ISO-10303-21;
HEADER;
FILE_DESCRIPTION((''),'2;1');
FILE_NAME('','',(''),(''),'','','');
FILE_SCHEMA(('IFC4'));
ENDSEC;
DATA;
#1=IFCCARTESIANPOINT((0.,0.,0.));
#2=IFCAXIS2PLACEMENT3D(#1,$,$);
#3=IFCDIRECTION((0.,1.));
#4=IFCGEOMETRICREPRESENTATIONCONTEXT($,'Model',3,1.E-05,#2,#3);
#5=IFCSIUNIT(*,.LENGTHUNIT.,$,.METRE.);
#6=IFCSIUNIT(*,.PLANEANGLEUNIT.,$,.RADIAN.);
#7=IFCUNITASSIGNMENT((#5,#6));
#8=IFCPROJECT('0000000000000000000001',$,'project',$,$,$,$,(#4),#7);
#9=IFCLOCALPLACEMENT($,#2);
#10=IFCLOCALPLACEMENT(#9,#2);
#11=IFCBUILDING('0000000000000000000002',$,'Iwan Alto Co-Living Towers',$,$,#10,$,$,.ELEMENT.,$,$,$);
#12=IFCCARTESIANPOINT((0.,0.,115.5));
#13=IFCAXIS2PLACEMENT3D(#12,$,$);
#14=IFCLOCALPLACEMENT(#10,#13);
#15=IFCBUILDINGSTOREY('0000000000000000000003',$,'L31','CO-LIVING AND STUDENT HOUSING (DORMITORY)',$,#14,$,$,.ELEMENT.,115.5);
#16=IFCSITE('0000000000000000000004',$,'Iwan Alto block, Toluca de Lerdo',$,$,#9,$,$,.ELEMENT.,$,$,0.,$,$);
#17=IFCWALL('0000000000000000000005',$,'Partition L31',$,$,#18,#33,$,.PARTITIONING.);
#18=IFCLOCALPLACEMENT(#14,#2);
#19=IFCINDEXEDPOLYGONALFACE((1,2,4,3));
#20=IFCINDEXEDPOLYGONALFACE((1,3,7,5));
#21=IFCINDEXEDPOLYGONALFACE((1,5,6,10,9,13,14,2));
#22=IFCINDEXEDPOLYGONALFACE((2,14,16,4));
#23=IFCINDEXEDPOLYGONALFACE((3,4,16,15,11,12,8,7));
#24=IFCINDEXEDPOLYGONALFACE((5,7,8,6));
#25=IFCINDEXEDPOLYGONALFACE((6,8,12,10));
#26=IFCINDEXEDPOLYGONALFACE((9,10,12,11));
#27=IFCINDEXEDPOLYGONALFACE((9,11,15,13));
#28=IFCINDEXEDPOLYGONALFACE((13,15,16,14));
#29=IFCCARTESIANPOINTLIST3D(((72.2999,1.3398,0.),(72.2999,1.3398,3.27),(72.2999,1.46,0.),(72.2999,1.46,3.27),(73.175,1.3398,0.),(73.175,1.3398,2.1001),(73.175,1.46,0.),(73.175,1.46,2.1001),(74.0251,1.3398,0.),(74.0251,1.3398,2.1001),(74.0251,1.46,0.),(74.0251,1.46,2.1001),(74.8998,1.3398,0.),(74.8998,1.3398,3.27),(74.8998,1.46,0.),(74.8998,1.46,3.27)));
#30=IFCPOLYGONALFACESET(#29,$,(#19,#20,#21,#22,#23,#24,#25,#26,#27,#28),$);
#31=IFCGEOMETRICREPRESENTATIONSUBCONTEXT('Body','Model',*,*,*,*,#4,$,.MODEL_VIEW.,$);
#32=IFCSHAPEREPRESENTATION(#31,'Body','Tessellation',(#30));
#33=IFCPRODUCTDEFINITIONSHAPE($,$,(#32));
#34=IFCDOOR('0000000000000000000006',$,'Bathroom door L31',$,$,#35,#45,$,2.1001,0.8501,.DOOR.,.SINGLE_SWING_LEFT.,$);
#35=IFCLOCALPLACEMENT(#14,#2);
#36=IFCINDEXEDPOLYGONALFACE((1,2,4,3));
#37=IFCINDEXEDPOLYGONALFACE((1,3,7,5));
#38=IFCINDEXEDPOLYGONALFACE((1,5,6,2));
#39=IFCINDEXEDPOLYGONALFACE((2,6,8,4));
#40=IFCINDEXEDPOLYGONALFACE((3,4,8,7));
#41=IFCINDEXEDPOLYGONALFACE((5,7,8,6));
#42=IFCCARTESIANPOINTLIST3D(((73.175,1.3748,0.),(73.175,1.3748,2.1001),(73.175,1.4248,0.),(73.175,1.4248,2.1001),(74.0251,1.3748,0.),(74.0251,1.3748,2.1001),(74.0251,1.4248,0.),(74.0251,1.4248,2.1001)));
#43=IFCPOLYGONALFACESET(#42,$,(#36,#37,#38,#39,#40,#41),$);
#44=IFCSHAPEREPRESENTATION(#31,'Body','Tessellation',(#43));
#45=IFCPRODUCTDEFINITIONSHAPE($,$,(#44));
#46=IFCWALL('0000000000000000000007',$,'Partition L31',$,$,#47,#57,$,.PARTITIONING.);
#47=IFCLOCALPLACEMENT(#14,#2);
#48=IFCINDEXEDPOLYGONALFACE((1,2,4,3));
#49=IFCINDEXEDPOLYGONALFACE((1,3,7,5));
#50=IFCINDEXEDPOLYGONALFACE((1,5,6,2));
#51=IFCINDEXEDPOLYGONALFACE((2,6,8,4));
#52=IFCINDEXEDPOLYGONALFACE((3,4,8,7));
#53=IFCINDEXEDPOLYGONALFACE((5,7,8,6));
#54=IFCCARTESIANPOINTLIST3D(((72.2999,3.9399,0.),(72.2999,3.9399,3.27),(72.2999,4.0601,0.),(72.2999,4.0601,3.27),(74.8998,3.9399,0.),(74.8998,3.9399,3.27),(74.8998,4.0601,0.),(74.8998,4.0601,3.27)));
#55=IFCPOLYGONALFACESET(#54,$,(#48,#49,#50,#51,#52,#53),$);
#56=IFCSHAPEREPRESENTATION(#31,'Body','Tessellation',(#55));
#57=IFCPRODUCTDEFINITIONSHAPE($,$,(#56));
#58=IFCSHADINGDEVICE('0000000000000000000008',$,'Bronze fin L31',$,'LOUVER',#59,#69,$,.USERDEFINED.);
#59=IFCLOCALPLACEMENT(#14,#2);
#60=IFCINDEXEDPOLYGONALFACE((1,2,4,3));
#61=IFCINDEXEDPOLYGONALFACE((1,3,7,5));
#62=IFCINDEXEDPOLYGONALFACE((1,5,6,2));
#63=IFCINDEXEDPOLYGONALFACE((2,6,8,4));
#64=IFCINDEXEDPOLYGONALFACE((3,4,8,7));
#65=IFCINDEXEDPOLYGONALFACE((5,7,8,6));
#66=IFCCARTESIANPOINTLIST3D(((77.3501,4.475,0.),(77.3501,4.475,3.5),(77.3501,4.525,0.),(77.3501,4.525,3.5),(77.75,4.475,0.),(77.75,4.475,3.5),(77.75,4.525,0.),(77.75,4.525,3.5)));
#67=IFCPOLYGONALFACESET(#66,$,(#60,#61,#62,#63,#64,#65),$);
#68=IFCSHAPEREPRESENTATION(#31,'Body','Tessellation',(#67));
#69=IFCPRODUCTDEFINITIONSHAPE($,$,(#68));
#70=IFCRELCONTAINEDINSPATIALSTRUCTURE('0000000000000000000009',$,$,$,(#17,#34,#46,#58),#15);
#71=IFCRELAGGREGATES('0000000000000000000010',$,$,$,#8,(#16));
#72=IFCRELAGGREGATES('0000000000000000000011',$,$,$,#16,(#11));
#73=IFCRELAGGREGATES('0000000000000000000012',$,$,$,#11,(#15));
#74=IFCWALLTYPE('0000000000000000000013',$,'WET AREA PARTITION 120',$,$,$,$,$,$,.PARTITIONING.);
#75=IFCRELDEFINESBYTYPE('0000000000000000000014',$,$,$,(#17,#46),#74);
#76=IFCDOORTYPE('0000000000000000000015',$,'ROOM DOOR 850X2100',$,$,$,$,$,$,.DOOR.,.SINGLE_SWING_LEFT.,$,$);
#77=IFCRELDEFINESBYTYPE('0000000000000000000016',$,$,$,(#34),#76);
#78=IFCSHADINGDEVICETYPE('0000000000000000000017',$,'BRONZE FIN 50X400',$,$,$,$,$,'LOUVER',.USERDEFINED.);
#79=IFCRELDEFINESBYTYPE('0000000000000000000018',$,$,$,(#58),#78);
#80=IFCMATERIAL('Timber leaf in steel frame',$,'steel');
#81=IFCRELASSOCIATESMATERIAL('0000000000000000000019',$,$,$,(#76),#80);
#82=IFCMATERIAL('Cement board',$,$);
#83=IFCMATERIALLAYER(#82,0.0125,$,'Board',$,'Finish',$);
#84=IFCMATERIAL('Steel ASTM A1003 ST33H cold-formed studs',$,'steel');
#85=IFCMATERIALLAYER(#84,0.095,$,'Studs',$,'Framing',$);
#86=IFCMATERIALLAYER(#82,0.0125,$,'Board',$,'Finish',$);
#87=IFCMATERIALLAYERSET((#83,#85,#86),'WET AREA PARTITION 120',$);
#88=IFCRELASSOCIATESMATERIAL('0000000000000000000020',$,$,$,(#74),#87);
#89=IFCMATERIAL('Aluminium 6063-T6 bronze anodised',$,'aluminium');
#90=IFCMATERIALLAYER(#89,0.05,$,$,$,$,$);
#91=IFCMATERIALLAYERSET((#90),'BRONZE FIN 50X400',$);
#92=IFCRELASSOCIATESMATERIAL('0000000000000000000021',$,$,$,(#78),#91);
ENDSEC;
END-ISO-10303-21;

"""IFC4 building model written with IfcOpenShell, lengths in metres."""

from ifc_helpers import new_model, si_unit, direction, frame, frame_2d, origin, origin_2d, place, context, subcontext, project, spatial, rectangle, extrude, material, layer, layer_set, type_object, element, fill, save


model = new_model("IFC4")

# Units and contexts
model_context = context("Model", 3, precision=1e-05, world=origin(), true_north=direction((0.0, 1.0)))
body_context = subcontext(model_context, "Body", "Model", "MODEL_VIEW")
ifc_project = project(units=[si_unit("LENGTHUNIT", "METRE"), si_unit("PLANEANGLEUNIT", "RADIAN")], contexts=[model_context])

# Site, building, storey
site_placement = place(None, origin())
site = spatial("IfcSite", under=ifc_project, at=site_placement, Name="Iwan Alto block, Toluca de Lerdo", CompositionType="ELEMENT", RefElevation=0.0)
building_placement = place(site_placement, origin())
building = spatial("IfcBuilding", under=site, at=building_placement, Name="Iwan Alto Co-Living Towers", CompositionType="ELEMENT")
storey_placement = place(building_placement, frame((0.0, 0.0, 115.5)))
storey = spatial("IfcBuildingStorey", under=building, at=storey_placement, Name="L31", Description="CO-LIVING AND STUDENT HOUSING (DORMITORY)", CompositionType="ELEMENT", Elevation=115.5)

# Wall, opening, door
ifc_material_1 = material(Name="Steel ASTM A1003 ST33H cold-formed studs", Category="steel")
ifc_material_2 = material(Name="Timber leaf in steel frame", Category="steel")
door_type = type_object("IfcDoorType", Name="ROOM DOOR 850X2100", OperationType="SINGLE_SWING_LEFT", PredefinedType="DOOR", material=ifc_material_2)
ifc_material_3 = material(Name="Cement board")
ifc_layer_1 = layer(ifc_material_3, 0.0125, Name="Board", Category="Finish")
ifc_layer_2 = layer(ifc_material_1, 0.095, Name="Studs", Category="Framing")
ifc_layer_3 = layer(ifc_material_3, 0.0125, Name="Board", Category="Finish")
ifc_layer_set_1 = layer_set([ifc_layer_1, ifc_layer_2, ifc_layer_3], Name="WET AREA PARTITION 120")
wall_type_1 = type_object("IfcWallType", Name="WET AREA PARTITION 120", PredefinedType="PARTITIONING", material=ifc_layer_set_1)
wall_1_placement = place(storey_placement, frame((72.3, 1.3999, 0.0), z_axis=(0.0, 0.0, 1.0), x_axis=(1.0, 0.0, 0.0)))
wall_1 = element("IfcWall", 1, at=wall_1_placement, inside=storey, type_object=wall_type_1, Name="Partition L31", PredefinedType="PARTITIONING", context=body_context, shape_type="SweptSolid", body=[
    extrude(rectangle(XDim=2.5999, YDim=0.1201, at=frame_2d((1.2998, 0.0))), origin(), (0.0, 0.0, 1.0), 3.27),
])
opening_1_placement = place(wall_1_placement, frame((0.875, 0.0, 0.0)))
opening_1 = element("IfcOpeningElement", 2, at=opening_1_placement, cuts=wall_1, PredefinedType="OPENING", context=body_context, shape_type="SweptSolid", body=[
    extrude(rectangle(XDim=0.8501, YDim=2.1001, at=frame_2d((0.425, 1.05))), frame((0.0, 0.0701, 0.0), z_axis=(0.0, -1.0, 0.0), x_axis=(1.0, 0.0, 0.0)), (0.0, 0.0, 1.0), 0.1401),
])
door_1_placement = place(opening_1_placement, origin())
door_1 = element("IfcDoor", 3, at=door_1_placement, inside=storey, type_object=door_type, Name="Bathroom door L31", OperationType="SINGLE_SWING_LEFT", OverallHeight=2.1001, OverallWidth=0.8501, PredefinedType="DOOR", context=body_context, shape_type="SweptSolid", body=[
    extrude(rectangle(XDim=0.8501, YDim=2.1001, at=frame_2d((0.425, 1.05))), frame((0.0, 0.0249, 0.0), z_axis=(0.0, -1.0, 0.0), x_axis=(1.0, 0.0, 0.0)), (0.0, 0.0, 1.0), 0.05),
])
fill(opening_1, door_1)

# Wall
wall_2_placement = place(storey_placement, frame((72.3, 4.0, 0.0), z_axis=(0.0, 0.0, 1.0), x_axis=(1.0, 0.0, 0.0)))
element("IfcWall", 4, at=wall_2_placement, inside=storey, type_object=wall_type_1, Name="Partition L31", PredefinedType="PARTITIONING", context=body_context, shape_type="SweptSolid", body=[
    extrude(rectangle(XDim=2.5999, YDim=0.1201, at=frame_2d((1.2998, 0.0))), origin(), (0.0, 0.0, 1.0), 3.27),
])

# Shading device
ifc_material_4 = material(Name="Aluminium 6063-T6 bronze anodised", Category="aluminium")
ifc_layer_4 = layer(ifc_material_4, 0.05)
ifc_layer_set_2 = layer_set([ifc_layer_4], Name="BRONZE FIN 50X400")
shading_device_type = type_object("IfcShadingDeviceType", Name="BRONZE FIN 50X400", ElementType="LOUVER", PredefinedType="USERDEFINED", material=ifc_layer_set_2)
shading_device_placement = place(storey_placement, frame((77.55, 4.5, 0.0), z_axis=(0.0, 0.0, 1.0), x_axis=(0.0, 1.0, 0.0)))
element("IfcShadingDevice", 5, at=shading_device_placement, inside=storey, type_object=shading_device_type, Name="Bronze fin L31", ObjectType="LOUVER", PredefinedType="USERDEFINED", context=body_context, shape_type="SweptSolid", body=[
    extrude(rectangle(XDim=0.05, YDim=0.3999, at=origin_2d()), origin(), (0.0, 0.0, 1.0), 3.5),
])

save(model, "model.ifc")
